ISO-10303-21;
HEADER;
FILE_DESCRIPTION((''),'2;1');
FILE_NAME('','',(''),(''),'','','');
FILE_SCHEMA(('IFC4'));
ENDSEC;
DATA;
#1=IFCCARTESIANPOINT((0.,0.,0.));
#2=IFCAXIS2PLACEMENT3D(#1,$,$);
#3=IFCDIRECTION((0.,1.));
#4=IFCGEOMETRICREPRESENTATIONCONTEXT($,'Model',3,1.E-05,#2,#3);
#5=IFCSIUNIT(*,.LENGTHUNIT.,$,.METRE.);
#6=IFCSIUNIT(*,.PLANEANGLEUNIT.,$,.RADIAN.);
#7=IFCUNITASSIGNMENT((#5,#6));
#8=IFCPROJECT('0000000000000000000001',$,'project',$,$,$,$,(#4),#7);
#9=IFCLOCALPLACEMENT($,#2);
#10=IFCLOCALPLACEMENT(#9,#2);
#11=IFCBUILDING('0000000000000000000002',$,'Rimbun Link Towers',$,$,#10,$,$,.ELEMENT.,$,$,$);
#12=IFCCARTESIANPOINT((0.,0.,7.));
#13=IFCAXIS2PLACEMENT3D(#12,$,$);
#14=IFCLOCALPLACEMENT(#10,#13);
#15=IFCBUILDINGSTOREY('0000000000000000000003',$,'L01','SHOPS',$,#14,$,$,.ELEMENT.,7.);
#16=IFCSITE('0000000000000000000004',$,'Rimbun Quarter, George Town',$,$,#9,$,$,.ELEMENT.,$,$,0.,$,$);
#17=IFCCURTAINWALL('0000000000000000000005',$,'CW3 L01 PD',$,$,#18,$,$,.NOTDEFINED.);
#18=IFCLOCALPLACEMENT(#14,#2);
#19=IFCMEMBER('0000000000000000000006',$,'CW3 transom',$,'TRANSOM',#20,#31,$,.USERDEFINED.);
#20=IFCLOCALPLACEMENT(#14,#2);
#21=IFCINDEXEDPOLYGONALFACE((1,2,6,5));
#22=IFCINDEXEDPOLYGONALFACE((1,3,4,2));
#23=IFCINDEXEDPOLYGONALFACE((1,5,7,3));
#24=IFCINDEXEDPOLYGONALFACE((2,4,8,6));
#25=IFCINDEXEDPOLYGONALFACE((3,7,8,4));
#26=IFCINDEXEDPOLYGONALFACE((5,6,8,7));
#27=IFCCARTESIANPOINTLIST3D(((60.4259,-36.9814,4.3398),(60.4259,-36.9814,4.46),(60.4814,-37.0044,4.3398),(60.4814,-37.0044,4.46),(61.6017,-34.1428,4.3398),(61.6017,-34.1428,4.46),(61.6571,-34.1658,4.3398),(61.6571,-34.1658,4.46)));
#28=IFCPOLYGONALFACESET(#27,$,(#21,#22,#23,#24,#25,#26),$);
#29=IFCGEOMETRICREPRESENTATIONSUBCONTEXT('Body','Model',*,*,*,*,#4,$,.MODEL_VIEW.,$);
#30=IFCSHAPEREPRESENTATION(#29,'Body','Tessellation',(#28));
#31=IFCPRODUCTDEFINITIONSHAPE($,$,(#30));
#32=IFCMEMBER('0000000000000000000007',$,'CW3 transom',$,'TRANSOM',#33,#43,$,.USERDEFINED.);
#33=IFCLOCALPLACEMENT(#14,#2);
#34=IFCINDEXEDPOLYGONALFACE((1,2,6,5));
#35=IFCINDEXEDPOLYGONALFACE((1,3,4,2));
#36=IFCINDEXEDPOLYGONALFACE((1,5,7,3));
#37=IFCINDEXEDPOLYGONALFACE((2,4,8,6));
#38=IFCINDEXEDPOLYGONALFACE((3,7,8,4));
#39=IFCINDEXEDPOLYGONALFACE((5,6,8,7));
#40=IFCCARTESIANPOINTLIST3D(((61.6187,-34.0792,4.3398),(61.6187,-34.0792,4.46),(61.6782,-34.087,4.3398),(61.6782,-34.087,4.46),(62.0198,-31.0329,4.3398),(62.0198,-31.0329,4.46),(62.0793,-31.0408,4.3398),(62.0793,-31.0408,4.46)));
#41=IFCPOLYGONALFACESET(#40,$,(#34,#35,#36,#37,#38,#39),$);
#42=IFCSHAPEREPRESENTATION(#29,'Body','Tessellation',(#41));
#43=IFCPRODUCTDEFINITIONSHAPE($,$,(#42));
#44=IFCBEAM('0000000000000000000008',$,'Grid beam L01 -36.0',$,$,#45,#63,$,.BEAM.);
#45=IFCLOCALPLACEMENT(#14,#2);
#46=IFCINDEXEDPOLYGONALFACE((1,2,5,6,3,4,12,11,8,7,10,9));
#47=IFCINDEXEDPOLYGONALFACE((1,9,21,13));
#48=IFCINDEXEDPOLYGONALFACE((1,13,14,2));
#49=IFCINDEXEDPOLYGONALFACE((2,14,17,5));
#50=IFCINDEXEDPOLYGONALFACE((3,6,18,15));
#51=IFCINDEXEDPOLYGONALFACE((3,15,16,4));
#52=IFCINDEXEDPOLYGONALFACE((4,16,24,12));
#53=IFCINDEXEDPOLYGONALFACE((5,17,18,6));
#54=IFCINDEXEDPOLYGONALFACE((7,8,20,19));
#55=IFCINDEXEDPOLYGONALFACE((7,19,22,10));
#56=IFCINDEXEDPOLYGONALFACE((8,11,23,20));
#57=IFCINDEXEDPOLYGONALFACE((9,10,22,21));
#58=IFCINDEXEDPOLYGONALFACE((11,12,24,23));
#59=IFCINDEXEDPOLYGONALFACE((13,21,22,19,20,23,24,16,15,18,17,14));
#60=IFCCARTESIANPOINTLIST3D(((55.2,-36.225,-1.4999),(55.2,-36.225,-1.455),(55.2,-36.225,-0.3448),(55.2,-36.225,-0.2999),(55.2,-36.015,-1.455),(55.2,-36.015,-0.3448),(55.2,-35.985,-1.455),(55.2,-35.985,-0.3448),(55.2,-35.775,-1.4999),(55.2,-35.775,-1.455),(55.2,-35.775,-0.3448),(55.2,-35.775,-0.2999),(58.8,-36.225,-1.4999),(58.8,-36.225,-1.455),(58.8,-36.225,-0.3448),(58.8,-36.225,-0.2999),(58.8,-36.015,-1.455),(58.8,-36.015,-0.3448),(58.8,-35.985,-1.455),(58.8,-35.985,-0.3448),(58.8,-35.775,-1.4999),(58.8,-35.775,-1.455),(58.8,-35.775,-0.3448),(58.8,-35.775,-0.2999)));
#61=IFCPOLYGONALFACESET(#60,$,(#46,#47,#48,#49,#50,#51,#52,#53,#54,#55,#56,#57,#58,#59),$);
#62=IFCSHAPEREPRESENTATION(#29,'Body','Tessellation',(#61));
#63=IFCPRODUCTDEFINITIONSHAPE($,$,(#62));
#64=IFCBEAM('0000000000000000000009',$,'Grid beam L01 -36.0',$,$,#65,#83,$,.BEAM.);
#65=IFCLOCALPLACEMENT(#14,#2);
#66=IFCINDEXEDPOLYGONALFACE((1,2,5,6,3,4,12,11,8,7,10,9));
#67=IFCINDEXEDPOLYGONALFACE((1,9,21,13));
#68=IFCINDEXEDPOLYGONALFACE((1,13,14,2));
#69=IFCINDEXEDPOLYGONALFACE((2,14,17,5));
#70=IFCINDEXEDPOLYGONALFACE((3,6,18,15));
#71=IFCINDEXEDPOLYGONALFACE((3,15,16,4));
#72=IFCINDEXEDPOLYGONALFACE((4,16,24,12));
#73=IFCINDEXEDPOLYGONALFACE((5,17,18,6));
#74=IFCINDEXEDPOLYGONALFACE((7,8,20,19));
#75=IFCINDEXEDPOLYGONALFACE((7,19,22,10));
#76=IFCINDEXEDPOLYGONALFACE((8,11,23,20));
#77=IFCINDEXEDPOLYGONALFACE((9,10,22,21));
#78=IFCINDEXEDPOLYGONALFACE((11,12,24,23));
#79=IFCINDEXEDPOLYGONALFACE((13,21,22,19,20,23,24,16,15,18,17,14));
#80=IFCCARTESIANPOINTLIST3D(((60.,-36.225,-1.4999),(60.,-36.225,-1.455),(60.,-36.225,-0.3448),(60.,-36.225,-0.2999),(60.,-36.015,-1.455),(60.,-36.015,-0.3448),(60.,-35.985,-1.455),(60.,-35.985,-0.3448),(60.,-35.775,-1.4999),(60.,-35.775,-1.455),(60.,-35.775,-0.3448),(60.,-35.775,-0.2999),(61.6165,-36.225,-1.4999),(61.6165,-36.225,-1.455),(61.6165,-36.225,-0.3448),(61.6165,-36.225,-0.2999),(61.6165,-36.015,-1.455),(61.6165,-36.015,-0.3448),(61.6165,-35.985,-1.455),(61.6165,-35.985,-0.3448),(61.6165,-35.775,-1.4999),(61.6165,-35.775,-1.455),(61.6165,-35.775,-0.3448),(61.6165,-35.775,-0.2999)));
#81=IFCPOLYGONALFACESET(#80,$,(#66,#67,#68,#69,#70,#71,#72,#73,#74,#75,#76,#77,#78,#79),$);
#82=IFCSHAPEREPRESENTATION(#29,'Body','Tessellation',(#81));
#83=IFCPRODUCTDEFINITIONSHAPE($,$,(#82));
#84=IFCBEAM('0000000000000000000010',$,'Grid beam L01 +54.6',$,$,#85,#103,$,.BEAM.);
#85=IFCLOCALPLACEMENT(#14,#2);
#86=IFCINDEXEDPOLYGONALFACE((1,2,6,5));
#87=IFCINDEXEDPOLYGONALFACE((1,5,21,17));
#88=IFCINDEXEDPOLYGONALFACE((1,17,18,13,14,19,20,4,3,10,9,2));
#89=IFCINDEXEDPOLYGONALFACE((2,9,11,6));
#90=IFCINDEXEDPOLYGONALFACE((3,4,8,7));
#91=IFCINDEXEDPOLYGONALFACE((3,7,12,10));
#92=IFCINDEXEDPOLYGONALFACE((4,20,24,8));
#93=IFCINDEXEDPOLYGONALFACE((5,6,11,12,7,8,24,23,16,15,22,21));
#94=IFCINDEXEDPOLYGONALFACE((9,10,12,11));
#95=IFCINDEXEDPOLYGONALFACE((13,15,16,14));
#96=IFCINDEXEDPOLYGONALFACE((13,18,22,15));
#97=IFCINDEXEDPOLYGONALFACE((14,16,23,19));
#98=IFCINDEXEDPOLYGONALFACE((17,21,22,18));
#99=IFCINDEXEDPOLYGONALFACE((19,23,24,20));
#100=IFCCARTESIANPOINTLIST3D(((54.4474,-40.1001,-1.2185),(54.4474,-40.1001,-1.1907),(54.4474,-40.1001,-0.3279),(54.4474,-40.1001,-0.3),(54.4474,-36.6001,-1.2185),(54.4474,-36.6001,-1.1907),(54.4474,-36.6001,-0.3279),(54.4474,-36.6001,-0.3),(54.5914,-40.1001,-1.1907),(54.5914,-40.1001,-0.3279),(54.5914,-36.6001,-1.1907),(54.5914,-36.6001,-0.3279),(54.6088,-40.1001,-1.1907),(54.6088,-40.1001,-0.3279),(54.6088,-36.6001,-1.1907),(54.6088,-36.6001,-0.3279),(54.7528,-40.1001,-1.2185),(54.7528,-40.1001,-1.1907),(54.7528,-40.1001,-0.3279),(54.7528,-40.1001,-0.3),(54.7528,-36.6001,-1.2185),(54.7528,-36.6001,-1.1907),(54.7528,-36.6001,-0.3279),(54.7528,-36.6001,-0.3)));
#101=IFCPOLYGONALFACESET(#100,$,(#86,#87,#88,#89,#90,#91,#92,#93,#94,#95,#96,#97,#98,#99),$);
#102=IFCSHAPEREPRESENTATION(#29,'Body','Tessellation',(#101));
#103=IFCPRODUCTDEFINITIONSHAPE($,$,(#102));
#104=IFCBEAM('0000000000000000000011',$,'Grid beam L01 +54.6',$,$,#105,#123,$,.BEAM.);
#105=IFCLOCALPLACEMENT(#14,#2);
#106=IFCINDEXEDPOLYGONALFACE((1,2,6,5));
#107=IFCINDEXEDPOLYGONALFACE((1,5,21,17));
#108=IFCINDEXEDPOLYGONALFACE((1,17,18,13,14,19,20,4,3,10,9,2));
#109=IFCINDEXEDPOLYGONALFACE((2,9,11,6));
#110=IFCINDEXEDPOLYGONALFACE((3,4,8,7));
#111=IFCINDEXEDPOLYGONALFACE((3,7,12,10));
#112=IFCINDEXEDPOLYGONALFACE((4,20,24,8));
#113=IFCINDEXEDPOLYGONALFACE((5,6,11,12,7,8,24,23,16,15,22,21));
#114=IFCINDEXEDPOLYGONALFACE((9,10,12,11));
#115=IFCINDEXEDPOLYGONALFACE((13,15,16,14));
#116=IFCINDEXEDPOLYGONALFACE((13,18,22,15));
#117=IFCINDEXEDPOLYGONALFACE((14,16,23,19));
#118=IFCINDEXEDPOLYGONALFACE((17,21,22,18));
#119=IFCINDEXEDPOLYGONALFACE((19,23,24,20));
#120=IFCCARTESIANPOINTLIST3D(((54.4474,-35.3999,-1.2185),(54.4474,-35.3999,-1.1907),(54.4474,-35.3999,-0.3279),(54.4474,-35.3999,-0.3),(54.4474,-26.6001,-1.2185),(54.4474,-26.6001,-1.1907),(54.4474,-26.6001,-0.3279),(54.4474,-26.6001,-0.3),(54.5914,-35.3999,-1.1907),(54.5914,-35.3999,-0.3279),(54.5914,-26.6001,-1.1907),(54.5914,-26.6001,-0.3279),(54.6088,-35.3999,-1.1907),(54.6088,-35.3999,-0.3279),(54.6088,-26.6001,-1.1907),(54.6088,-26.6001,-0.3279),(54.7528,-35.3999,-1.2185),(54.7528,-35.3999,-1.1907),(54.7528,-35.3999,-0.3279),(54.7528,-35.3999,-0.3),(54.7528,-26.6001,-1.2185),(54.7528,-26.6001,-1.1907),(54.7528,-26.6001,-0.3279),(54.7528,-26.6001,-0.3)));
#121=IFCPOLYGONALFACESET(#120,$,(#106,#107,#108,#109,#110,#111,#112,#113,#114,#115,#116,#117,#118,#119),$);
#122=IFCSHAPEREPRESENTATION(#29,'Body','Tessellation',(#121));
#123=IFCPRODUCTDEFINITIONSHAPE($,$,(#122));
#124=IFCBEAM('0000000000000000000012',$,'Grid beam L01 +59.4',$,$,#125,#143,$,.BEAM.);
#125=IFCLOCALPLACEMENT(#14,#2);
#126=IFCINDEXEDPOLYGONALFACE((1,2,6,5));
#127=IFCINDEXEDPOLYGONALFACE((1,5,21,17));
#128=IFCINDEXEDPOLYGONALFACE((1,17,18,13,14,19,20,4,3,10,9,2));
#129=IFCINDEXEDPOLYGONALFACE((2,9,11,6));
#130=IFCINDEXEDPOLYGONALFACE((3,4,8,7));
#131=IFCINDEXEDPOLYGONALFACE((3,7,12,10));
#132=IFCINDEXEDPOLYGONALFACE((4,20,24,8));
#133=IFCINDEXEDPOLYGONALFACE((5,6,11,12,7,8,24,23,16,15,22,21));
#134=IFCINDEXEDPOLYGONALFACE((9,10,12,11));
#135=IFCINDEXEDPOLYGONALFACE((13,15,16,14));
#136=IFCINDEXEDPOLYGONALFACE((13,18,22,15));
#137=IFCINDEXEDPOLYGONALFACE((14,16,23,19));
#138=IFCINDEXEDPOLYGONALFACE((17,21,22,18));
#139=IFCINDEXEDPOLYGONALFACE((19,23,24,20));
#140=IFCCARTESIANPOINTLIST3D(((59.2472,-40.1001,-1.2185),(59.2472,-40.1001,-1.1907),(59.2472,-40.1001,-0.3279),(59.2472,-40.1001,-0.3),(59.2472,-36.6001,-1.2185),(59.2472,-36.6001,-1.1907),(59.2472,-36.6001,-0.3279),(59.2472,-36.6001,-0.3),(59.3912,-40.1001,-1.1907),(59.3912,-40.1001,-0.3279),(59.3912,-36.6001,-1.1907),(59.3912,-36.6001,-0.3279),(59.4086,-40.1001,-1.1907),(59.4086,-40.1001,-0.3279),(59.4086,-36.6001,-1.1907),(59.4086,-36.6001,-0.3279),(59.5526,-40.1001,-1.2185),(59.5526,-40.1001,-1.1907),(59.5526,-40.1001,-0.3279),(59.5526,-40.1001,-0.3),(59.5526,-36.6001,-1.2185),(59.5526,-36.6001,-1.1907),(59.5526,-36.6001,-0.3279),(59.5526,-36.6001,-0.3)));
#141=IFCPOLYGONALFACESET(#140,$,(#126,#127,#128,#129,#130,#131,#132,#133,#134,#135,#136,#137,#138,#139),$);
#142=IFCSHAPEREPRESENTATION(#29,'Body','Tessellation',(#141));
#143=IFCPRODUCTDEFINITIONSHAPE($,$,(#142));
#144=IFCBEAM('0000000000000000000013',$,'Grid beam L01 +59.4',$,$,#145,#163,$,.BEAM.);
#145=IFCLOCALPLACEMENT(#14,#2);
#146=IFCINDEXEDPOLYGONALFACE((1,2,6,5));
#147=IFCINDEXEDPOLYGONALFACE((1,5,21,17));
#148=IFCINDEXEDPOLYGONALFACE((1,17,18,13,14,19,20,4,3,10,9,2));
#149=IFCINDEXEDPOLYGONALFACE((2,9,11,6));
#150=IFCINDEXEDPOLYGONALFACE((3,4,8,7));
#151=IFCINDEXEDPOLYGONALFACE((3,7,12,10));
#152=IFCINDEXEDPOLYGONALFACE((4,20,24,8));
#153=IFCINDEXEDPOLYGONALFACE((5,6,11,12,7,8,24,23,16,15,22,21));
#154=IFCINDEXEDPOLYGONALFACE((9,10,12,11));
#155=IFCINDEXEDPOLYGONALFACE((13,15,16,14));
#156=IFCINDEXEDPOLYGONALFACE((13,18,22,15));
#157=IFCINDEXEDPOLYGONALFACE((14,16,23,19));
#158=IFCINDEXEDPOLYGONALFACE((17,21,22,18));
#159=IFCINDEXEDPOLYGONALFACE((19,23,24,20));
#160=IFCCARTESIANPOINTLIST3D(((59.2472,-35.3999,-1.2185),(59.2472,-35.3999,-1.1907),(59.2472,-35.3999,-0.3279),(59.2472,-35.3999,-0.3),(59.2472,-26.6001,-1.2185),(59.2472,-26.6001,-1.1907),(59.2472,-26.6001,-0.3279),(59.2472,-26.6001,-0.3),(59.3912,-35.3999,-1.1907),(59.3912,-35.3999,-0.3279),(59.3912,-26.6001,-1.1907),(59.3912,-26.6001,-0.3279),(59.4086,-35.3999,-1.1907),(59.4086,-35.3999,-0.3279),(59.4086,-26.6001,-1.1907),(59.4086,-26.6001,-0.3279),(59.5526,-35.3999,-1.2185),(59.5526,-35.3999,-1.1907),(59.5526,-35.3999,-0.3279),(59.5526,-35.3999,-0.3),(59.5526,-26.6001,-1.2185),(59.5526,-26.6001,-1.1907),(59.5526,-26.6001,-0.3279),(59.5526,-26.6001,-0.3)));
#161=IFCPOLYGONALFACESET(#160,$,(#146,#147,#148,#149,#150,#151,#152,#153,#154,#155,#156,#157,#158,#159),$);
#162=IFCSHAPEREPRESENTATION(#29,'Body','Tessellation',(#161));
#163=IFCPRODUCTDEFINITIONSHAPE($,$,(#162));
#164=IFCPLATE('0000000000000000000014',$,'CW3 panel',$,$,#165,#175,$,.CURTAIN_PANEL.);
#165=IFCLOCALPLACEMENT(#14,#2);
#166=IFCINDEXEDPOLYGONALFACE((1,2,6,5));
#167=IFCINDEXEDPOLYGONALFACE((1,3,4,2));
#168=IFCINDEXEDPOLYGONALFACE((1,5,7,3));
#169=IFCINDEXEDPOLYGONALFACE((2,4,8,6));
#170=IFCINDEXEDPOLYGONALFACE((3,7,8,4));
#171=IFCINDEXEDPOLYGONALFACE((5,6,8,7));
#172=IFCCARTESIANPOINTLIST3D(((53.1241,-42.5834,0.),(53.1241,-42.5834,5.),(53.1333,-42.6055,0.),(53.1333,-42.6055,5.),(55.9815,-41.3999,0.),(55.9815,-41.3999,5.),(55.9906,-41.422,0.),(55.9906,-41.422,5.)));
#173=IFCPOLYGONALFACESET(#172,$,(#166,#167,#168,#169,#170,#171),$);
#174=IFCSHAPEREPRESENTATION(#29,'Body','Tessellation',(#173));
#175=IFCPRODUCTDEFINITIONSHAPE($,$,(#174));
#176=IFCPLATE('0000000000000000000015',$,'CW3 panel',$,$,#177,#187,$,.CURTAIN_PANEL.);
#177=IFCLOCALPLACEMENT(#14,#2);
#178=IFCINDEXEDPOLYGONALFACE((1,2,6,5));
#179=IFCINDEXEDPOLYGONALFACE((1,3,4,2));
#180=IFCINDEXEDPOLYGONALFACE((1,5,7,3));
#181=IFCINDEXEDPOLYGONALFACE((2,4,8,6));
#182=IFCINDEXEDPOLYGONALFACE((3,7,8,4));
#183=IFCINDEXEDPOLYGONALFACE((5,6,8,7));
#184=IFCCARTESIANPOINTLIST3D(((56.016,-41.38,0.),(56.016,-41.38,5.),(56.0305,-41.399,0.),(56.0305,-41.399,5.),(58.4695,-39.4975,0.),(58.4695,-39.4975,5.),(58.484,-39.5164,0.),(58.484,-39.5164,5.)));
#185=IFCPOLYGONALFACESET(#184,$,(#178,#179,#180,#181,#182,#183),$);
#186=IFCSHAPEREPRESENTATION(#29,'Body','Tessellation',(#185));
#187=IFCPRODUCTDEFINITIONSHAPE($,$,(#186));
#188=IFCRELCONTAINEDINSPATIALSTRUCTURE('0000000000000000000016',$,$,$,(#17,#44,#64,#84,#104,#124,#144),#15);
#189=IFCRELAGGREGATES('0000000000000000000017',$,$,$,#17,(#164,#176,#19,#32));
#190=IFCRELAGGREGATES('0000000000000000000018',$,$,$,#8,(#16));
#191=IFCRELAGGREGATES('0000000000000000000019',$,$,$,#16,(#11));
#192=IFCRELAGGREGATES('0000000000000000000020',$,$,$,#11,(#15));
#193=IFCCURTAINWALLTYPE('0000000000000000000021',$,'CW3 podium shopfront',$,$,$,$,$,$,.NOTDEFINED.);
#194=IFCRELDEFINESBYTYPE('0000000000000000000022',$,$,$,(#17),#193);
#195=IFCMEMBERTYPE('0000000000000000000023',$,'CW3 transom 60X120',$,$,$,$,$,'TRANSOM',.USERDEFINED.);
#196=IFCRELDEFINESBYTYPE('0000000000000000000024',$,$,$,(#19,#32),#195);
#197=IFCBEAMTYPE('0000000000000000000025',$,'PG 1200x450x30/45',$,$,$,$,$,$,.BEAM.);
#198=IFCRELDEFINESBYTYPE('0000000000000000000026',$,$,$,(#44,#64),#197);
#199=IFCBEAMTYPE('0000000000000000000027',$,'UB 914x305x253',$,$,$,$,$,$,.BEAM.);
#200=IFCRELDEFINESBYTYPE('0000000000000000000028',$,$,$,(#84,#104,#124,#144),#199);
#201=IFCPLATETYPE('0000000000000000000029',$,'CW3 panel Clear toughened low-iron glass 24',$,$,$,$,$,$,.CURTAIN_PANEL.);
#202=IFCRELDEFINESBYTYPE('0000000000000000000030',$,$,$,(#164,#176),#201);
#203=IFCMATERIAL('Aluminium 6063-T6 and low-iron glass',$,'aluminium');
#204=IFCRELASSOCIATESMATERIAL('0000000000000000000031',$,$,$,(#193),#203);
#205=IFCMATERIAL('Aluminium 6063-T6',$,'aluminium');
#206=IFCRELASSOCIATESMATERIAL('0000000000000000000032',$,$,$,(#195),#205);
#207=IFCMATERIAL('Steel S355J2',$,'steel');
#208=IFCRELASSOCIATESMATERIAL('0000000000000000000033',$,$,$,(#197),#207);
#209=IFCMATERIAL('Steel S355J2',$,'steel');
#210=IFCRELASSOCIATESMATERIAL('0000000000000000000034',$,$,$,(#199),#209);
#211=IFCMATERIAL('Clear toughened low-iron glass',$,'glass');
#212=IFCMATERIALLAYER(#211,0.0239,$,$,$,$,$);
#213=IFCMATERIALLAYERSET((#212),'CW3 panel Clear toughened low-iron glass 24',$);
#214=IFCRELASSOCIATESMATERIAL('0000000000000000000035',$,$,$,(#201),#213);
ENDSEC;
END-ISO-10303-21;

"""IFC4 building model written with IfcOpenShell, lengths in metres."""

from ifc_helpers import new_model, si_unit, direction, frame, origin, origin_2d, place, context, subcontext, project, spatial, rectangle, i_section, extrude, material, layer, layer_set, material_profile, profile_set, type_object, element, aggregate, save


model = new_model("IFC4")

# Units and contexts
model_context = context("Model", 3, precision=1e-05, world=origin(), true_north=direction((0.0, 1.0)))
body_context = subcontext(model_context, "Body", "Model", "MODEL_VIEW")
ifc_project = project(units=[si_unit("LENGTHUNIT", "METRE"), si_unit("PLANEANGLEUNIT", "RADIAN")], contexts=[model_context])

# Site, building, storey
site_placement = place(None, origin())
site = spatial("IfcSite", under=ifc_project, at=site_placement, Name="Rimbun Quarter, George Town", CompositionType="ELEMENT", RefElevation=0.0)
building_placement = place(site_placement, origin())
building = spatial("IfcBuilding", under=site, at=building_placement, Name="Rimbun Link Towers", CompositionType="ELEMENT")
storey_placement = place(building_placement, frame((0.0, 0.0, 7.0)))
storey = spatial("IfcBuildingStorey", under=building, at=storey_placement, Name="L01", Description="SHOPS", CompositionType="ELEMENT", Elevation=7.0)

# Curtain wall, members
ifc_material_1 = material(Name="Aluminium 6063-T6 and low-iron glass", Category="aluminium")
curtain_wall_type = type_object("IfcCurtainWallType", Name="CW3 podium shopfront", PredefinedType="NOTDEFINED", material=ifc_material_1)
curtain_wall_placement = place(storey_placement, origin())
curtain_wall = element("IfcCurtainWall", 1, at=curtain_wall_placement, inside=storey, type_object=curtain_wall_type, Name="CW3 L01 PD", PredefinedType="NOTDEFINED")
ifc_material_2 = material(Name="Aluminium 6063-T6", Category="aluminium")
ifc_material_profile_1 = material_profile(ifc_material_2, rectangle(XDim=0.0601, YDim=0.1201, at=origin_2d()), Name="TRANSOM 60X120")
ifc_profile_set_1 = profile_set([ifc_material_profile_1], Name="Aluminium 6063-T6")
member_type_1 = type_object("IfcMemberType", Name="CW3 transom 60X120", ElementType="TRANSOM", PredefinedType="USERDEFINED", material=ifc_profile_set_1)
member_1_placement = place(storey_placement, frame((61.6294, -34.1543, 4.3999), z_axis=(-0.382679, -0.923881, 0.0), x_axis=(0.923881, -0.382679, 0.0)))
member_1 = element("IfcMember", 2, at=member_1_placement, type_object=member_type_1, Name="CW3 transom", ObjectType="TRANSOM", PredefinedType="USERDEFINED", context=body_context, shape_type="SweptSolid", body=[
    extrude(rectangle(XDim=0.0601, YDim=0.1201, at=origin_2d()), origin(), (0.0, 0.0, 1.0), 3.0725),
])
member_2_placement = place(storey_placement, frame((62.0496, -31.0369, 4.3999), z_axis=(-0.130555, -0.991441, 0.0), x_axis=(0.991441, -0.130555, 0.0)))
member_2 = element("IfcMember", 3, at=member_2_placement, type_object=member_type_1, Name="CW3 transom", ObjectType="TRANSOM", PredefinedType="USERDEFINED", context=body_context, shape_type="SweptSolid", body=[
    extrude(rectangle(XDim=0.0601, YDim=0.1201, at=origin_2d()), origin(), (0.0, 0.0, 1.0), 3.0725),
])

# Beams
ifc_material_3 = material(Name="Steel S355J2", Category="steel")
ifc_material_profile_2 = material_profile(ifc_material_3, i_section(OverallWidth=0.45, OverallDepth=1.2, WebThickness=0.03, FlangeThickness=0.0449, at=origin_2d()), Name="PG 1200x450x30/45")
ifc_profile_set_2 = profile_set([ifc_material_profile_2], Name="Steel S355J2")
beam_type_1 = type_object("IfcBeamType", Name="PG 1200x450x30/45", PredefinedType="BEAM", material=ifc_profile_set_2)
beam_1_placement = place(storey_placement, frame((55.2, -36.0, -0.8999), z_axis=(1.0, 0.0, 0.0), x_axis=(0.0, 1.0, 0.0)))
element("IfcBeam", 4, at=beam_1_placement, inside=storey, type_object=beam_type_1, Name="Grid beam L01 -36.0", PredefinedType="BEAM", context=body_context, shape_type="SweptSolid", body=[
    extrude(i_section(OverallWidth=0.45, OverallDepth=1.2, WebThickness=0.03, FlangeThickness=0.0449, at=origin_2d()), origin(), (0.0, 0.0, 1.0), 3.6001),
])
beam_2_placement = place(storey_placement, frame((60.0, -36.0, -0.8999), z_axis=(1.0, 0.0, 0.0), x_axis=(0.0, 1.0, 0.0)))
element("IfcBeam", 5, at=beam_2_placement, inside=storey, type_object=beam_type_1, Name="Grid beam L01 -36.0", PredefinedType="BEAM", context=body_context, shape_type="SweptSolid", body=[
    extrude(i_section(OverallWidth=0.45, OverallDepth=1.2, WebThickness=0.03, FlangeThickness=0.0449, at=origin_2d()), origin(), (0.0, 0.0, 1.0), 1.6165),
])
ifc_material_4 = material(Name="Steel S355J2", Category="steel")
ifc_material_profile_3 = material_profile(ifc_material_4, i_section(OverallWidth=0.3054, OverallDepth=0.9185, WebThickness=0.0173, FlangeThickness=0.0278, at=origin_2d()), Name="UB 914x305x253")
ifc_profile_set_3 = profile_set([ifc_material_profile_3], Name="Steel S355J2")
beam_type_2 = type_object("IfcBeamType", Name="UB 914x305x253", PredefinedType="BEAM", material=ifc_profile_set_3)
beam_3_placement = place(storey_placement, frame((54.6001, -40.1001, -0.7593), z_axis=(0.0, 1.0, 0.0), x_axis=(-1.0, 0.0, 0.0)))
element("IfcBeam", 6, at=beam_3_placement, inside=storey, type_object=beam_type_2, Name="Grid beam L01 +54.6", PredefinedType="BEAM", context=body_context, shape_type="SweptSolid", body=[
    extrude(i_section(OverallWidth=0.3054, OverallDepth=0.9185, WebThickness=0.0173, FlangeThickness=0.0278, at=origin_2d()), origin(), (0.0, 0.0, 1.0), 3.5),
])
beam_4_placement = place(storey_placement, frame((54.6001, -35.3999, -0.7593), z_axis=(0.0, 1.0, 0.0), x_axis=(-1.0, 0.0, 0.0)))
element("IfcBeam", 7, at=beam_4_placement, inside=storey, type_object=beam_type_2, Name="Grid beam L01 +54.6", PredefinedType="BEAM", context=body_context, shape_type="SweptSolid", body=[
    extrude(i_section(OverallWidth=0.3054, OverallDepth=0.9185, WebThickness=0.0173, FlangeThickness=0.0278, at=origin_2d()), origin(), (0.0, 0.0, 1.0), 8.7998),
])
beam_5_placement = place(storey_placement, frame((59.3999, -40.1001, -0.7593), z_axis=(0.0, 1.0, 0.0), x_axis=(-1.0, 0.0, 0.0)))
element("IfcBeam", 8, at=beam_5_placement, inside=storey, type_object=beam_type_2, Name="Grid beam L01 +59.4", PredefinedType="BEAM", context=body_context, shape_type="SweptSolid", body=[
    extrude(i_section(OverallWidth=0.3054, OverallDepth=0.9185, WebThickness=0.0173, FlangeThickness=0.0278, at=origin_2d()), origin(), (0.0, 0.0, 1.0), 3.5),
])
beam_6_placement = place(storey_placement, frame((59.3999, -35.3999, -0.7593), z_axis=(0.0, 1.0, 0.0), x_axis=(-1.0, 0.0, 0.0)))
element("IfcBeam", 9, at=beam_6_placement, inside=storey, type_object=beam_type_2, Name="Grid beam L01 +59.4", PredefinedType="BEAM", context=body_context, shape_type="SweptSolid", body=[
    extrude(i_section(OverallWidth=0.3054, OverallDepth=0.9185, WebThickness=0.0173, FlangeThickness=0.0278, at=origin_2d()), origin(), (0.0, 0.0, 1.0), 8.7998),
])

# Plates
ifc_material_5 = material(Name="Clear toughened low-iron glass", Category="glass")
ifc_layer_1 = layer(ifc_material_5, 0.0239)
ifc_layer_set_1 = layer_set([ifc_layer_1], Name="CW3 panel Clear toughened low-iron glass 24")
plate_type = type_object("IfcPlateType", Name="CW3 panel Clear toughened low-iron glass 24", PredefinedType="CURTAIN_PANEL", material=ifc_layer_set_1)
plate_1_placement = place(storey_placement, frame((54.5574, -42.0027, 0.0), z_axis=(0.0, 0.0, 1.0), x_axis=(-0.923881, -0.382679, 0.0)))
plate_1 = element("IfcPlate", 10, at=plate_1_placement, type_object=plate_type, Name="CW3 panel", PredefinedType="CURTAIN_PANEL", context=body_context, shape_type="SweptSolid", body=[
    extrude(rectangle(XDim=3.0928, YDim=0.0239, at=origin_2d()), origin(), (0.0, 0.0, 1.0), 5.0),
])
plate_2_placement = place(storey_placement, frame((57.25, -40.4482, 0.0), z_axis=(0.0, 0.0, 1.0), x_axis=(-0.793359, -0.608754, 0.0)))
plate_2 = element("IfcPlate", 11, at=plate_2_placement, type_object=plate_type, Name="CW3 panel", PredefinedType="CURTAIN_PANEL", context=body_context, shape_type="SweptSolid", body=[
    extrude(rectangle(XDim=3.0925, YDim=0.0239, at=origin_2d()), origin(), (0.0, 0.0, 1.0), 5.0),
])
aggregate(curtain_wall, [plate_1, plate_2, member_1, member_2])

save(model, "model.ifc")
